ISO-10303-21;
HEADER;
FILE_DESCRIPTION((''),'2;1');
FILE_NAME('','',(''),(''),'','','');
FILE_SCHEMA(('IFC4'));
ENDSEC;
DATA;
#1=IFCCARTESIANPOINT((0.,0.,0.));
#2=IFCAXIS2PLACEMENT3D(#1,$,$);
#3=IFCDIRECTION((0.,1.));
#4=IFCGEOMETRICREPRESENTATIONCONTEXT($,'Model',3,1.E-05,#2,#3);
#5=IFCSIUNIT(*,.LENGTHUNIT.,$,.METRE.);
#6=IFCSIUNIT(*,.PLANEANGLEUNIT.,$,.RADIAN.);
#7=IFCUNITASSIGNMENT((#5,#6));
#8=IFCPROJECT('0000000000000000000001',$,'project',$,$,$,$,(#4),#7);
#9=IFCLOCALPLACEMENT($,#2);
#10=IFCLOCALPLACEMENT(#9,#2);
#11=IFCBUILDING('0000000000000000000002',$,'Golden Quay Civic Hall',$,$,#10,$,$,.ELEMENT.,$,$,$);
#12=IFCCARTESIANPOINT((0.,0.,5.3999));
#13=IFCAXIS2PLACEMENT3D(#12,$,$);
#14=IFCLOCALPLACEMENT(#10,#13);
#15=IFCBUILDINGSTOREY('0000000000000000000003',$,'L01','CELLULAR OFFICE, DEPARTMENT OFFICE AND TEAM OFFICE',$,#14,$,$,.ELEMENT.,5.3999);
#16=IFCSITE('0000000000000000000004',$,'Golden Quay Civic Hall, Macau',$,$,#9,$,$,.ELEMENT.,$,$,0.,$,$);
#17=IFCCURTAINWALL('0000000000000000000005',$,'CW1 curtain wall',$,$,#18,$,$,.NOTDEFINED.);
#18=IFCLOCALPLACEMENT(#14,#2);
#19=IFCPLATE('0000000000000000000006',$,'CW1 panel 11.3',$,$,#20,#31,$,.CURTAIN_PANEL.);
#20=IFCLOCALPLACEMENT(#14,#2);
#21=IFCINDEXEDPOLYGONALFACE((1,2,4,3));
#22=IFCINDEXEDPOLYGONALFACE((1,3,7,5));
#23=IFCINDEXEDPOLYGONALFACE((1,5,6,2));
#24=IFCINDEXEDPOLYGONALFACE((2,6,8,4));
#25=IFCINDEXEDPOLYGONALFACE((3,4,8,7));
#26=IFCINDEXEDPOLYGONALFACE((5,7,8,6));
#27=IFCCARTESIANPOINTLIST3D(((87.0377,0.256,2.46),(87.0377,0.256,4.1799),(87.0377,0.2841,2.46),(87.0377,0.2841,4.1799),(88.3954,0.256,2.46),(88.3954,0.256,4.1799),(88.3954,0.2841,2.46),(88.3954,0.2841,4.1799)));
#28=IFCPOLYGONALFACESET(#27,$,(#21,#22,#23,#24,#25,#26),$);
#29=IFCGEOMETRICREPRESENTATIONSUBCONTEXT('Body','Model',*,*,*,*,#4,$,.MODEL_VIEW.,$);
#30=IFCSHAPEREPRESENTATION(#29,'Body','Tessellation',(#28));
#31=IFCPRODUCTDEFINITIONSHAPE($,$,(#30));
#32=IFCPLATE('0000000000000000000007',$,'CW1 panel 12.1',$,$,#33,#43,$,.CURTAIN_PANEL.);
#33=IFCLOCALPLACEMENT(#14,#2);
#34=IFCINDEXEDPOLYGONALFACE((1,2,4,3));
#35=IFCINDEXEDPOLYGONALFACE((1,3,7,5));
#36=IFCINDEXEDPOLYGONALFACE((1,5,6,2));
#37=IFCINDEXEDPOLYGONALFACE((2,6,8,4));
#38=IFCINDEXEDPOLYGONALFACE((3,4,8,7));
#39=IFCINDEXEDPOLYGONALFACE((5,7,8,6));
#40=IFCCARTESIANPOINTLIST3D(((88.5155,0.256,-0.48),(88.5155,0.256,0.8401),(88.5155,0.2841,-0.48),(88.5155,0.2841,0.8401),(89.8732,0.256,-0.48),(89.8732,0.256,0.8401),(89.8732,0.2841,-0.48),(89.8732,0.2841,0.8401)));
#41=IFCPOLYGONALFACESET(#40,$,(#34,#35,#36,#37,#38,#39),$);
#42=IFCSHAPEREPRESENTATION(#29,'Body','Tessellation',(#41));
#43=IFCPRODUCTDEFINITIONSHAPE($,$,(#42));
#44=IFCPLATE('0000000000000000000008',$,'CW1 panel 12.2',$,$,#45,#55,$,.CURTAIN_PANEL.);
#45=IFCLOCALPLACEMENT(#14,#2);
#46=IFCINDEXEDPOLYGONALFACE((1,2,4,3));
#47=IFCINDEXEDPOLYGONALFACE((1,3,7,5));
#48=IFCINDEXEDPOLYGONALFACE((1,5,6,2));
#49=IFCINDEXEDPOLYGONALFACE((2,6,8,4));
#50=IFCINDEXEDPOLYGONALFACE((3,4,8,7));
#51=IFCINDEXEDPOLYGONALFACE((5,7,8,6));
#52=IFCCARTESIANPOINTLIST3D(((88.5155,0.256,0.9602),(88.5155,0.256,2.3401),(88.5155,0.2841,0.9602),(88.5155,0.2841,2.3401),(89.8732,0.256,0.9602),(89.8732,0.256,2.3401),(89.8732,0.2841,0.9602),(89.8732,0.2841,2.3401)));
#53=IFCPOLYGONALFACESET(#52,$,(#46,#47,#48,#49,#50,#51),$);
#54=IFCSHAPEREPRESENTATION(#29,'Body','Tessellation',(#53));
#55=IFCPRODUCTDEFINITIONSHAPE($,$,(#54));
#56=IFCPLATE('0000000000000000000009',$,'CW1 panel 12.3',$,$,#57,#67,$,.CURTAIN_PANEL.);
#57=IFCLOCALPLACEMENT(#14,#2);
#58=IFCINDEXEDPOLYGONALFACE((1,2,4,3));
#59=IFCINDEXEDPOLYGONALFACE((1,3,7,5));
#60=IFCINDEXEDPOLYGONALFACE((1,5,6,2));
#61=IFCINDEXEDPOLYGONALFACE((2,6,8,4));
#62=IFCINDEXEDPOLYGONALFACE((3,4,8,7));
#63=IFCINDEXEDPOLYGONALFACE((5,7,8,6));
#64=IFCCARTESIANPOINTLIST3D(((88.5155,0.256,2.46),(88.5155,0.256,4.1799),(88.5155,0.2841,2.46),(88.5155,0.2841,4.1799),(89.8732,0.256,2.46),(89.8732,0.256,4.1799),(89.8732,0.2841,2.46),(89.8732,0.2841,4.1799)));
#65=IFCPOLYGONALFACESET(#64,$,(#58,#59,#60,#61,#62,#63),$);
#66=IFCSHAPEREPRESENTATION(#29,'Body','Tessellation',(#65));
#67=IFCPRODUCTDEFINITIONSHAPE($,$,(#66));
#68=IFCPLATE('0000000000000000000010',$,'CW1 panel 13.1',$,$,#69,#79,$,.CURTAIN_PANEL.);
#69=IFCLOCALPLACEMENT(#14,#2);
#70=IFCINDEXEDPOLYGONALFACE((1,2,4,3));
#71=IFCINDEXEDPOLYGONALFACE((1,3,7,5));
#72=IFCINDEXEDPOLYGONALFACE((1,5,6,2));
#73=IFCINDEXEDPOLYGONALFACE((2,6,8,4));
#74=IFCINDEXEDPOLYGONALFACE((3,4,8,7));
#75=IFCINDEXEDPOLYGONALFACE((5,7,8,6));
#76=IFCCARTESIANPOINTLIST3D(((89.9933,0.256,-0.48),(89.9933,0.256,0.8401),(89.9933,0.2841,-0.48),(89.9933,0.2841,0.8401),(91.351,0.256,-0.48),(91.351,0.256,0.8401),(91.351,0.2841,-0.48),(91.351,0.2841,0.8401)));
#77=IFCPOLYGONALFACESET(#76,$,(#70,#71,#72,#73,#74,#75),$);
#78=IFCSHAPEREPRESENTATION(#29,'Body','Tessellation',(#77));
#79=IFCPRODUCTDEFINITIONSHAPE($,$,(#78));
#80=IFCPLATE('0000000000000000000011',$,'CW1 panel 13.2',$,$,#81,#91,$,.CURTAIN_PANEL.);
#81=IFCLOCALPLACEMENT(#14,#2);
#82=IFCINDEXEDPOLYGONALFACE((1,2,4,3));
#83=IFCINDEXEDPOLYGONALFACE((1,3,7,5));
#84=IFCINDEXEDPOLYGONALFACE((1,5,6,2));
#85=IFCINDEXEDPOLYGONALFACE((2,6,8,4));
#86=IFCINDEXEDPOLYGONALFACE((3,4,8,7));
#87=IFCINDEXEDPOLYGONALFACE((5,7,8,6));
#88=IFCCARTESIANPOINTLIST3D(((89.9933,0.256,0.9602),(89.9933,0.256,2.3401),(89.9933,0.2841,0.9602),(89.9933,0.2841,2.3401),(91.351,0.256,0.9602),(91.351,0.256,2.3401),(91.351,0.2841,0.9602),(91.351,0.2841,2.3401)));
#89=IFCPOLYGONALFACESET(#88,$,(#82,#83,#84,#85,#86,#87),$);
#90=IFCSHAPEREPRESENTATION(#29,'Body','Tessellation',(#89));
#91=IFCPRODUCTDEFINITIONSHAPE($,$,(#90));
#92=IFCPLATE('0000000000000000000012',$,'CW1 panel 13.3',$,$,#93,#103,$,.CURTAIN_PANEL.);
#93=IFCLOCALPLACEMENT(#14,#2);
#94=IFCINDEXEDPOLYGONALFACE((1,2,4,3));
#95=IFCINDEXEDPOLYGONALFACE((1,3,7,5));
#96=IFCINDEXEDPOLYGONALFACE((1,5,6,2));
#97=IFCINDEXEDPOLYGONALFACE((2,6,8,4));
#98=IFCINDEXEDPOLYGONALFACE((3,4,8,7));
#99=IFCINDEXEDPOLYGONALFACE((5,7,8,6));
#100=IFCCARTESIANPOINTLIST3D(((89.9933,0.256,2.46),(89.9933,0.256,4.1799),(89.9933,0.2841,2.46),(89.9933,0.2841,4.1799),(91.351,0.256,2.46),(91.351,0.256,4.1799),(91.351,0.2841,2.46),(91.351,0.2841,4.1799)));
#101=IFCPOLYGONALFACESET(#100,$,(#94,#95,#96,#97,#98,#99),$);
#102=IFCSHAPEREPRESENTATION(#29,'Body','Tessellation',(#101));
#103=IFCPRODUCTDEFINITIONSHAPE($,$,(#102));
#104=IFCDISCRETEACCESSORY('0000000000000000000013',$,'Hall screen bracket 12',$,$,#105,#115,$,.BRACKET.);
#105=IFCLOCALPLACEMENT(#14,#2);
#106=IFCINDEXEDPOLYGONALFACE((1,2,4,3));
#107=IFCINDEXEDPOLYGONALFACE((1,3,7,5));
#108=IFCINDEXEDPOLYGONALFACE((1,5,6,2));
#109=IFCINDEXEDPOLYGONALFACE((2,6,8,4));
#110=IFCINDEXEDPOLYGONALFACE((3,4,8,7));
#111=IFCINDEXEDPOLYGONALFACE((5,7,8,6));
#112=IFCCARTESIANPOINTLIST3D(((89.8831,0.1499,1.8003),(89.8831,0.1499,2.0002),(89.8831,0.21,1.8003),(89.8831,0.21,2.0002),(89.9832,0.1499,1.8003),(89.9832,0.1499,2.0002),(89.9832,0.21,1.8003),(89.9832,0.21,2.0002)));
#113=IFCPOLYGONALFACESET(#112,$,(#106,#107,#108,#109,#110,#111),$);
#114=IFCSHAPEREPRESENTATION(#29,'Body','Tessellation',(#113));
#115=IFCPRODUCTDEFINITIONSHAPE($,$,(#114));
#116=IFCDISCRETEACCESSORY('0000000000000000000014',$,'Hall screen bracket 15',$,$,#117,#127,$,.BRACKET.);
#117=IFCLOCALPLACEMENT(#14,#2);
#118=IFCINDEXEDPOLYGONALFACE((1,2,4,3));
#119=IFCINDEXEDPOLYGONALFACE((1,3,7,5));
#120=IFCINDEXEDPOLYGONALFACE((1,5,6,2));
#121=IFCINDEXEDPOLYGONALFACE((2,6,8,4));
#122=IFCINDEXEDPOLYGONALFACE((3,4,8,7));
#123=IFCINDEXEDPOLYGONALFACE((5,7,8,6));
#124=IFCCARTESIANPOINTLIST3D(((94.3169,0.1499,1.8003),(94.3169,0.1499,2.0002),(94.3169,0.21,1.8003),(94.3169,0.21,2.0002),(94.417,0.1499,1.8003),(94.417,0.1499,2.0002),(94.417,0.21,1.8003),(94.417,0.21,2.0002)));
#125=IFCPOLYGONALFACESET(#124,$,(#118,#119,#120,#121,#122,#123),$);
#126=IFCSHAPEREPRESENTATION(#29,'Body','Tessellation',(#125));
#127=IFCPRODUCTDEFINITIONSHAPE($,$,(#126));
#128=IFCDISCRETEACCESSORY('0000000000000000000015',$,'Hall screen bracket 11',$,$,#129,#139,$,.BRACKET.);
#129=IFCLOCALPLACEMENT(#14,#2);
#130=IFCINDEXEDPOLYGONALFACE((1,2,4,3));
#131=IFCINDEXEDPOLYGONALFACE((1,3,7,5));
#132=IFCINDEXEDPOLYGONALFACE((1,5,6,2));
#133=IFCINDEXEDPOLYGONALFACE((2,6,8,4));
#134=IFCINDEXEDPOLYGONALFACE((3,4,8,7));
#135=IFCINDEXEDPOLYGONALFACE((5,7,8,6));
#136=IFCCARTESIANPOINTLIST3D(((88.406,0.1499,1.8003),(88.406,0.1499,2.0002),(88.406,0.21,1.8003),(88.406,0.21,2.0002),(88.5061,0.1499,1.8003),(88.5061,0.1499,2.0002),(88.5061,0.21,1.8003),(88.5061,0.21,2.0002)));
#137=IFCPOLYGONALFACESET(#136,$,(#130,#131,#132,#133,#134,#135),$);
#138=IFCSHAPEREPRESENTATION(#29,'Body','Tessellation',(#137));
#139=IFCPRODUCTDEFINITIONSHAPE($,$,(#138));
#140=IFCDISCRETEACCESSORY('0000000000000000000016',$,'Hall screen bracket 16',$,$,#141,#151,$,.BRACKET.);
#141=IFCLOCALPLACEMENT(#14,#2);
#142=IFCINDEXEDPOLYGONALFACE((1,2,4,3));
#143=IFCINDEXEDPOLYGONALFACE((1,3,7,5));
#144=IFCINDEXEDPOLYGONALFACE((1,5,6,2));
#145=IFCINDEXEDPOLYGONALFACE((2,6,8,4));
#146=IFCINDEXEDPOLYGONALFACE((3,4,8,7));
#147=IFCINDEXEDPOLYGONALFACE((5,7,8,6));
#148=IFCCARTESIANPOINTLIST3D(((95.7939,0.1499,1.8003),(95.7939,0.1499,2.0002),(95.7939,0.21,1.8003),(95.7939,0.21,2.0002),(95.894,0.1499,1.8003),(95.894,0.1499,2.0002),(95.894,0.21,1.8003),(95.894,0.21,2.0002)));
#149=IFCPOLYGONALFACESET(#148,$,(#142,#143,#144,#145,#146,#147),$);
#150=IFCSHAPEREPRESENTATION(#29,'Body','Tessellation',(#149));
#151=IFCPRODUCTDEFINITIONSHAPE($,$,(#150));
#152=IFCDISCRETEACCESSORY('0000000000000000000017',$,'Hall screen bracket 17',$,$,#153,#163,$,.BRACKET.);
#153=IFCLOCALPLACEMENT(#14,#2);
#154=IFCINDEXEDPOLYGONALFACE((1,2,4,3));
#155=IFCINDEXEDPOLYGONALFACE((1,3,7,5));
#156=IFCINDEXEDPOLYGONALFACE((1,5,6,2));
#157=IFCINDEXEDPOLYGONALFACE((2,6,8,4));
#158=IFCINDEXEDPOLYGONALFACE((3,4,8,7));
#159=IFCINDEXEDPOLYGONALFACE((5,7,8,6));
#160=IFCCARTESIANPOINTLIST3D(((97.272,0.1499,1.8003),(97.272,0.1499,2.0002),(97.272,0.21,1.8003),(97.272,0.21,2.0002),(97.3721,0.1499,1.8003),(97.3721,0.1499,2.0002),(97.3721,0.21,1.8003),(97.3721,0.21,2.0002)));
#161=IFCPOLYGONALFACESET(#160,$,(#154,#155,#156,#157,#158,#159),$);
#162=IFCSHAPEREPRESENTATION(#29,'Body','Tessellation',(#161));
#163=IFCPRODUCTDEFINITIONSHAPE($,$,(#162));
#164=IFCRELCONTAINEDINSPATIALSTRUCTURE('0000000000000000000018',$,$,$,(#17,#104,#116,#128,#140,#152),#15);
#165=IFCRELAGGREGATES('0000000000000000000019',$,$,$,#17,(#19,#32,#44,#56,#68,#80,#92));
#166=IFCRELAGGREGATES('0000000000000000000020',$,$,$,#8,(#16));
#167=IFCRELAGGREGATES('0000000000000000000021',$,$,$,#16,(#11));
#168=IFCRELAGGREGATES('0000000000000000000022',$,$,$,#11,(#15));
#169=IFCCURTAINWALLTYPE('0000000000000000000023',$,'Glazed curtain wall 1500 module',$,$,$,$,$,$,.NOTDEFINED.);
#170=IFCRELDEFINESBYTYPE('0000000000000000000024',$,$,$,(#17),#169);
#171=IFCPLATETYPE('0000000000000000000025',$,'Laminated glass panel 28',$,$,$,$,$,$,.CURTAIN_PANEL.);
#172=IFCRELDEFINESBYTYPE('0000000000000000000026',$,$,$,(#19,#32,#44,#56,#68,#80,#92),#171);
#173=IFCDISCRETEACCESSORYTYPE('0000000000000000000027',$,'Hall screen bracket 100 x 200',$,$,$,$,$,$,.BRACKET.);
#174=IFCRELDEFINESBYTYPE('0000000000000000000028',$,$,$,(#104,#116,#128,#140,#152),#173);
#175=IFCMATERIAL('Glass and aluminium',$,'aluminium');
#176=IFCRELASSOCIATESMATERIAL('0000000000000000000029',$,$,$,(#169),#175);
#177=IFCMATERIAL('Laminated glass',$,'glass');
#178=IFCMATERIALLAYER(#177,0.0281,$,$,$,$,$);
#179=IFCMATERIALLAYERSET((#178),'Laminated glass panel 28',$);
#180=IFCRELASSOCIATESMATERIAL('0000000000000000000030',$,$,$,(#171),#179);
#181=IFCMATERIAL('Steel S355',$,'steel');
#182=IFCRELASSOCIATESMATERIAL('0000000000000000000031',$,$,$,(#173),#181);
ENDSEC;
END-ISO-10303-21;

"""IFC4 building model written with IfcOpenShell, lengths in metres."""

from ifc_helpers import new_model, si_unit, direction, frame, origin, origin_2d, place, context, subcontext, project, spatial, rectangle, extrude, material, layer, layer_set, type_object, element, aggregate, save


model = new_model("IFC4")

# Units and contexts
model_context = context("Model", 3, precision=1e-05, world=origin(), true_north=direction((0.0, 1.0)))
body_context = subcontext(model_context, "Body", "Model", "MODEL_VIEW")
ifc_project = project(units=[si_unit("LENGTHUNIT", "METRE"), si_unit("PLANEANGLEUNIT", "RADIAN")], contexts=[model_context])

# Site, building, storey
site_placement = place(None, origin())
site = spatial("IfcSite", under=ifc_project, at=site_placement, Name="Golden Quay Civic Hall, Macau", CompositionType="ELEMENT", RefElevation=0.0)
building_placement = place(site_placement, origin())
building = spatial("IfcBuilding", under=site, at=building_placement, Name="Golden Quay Civic Hall", CompositionType="ELEMENT")
storey_placement = place(building_placement, frame((0.0, 0.0, 5.3999)))
storey = spatial("IfcBuildingStorey", under=building, at=storey_placement, Name="L01", Description="CELLULAR OFFICE, DEPARTMENT OFFICE AND TEAM OFFICE", CompositionType="ELEMENT", Elevation=5.3999)

# Curtain wall, plates
ifc_material_1 = material(Name="Glass and aluminium", Category="aluminium")
curtain_wall_type = type_object("IfcCurtainWallType", Name="Glazed curtain wall 1500 module", PredefinedType="NOTDEFINED", material=ifc_material_1)
curtain_wall_placement = place(storey_placement, origin())
curtain_wall = element("IfcCurtainWall", 1, at=curtain_wall_placement, inside=storey, type_object=curtain_wall_type, Name="CW1 curtain wall", PredefinedType="NOTDEFINED")
ifc_material_2 = material(Name="Laminated glass", Category="glass")
ifc_layer_1 = layer(ifc_material_2, 0.0281)
ifc_layer_set_1 = layer_set([ifc_layer_1], Name="Laminated glass panel 28")
plate_type_1 = type_object("IfcPlateType", Name="Laminated glass panel 28", PredefinedType="CURTAIN_PANEL", material=ifc_layer_set_1)
plate_1_placement = place(storey_placement, frame((87.7166, 0.27, 2.46), z_axis=(0.0, 0.0, 1.0), x_axis=(1.0, 0.0, 0.0)))
plate_1 = element("IfcPlate", 2, at=plate_1_placement, type_object=plate_type_1, Name="CW1 panel 11.3", PredefinedType="CURTAIN_PANEL", context=body_context, shape_type="SweptSolid", body=[
    extrude(rectangle(XDim=1.3577, YDim=0.0281, at=origin_2d()), origin(), (0.0, 0.0, 1.0), 1.72),
])
plate_2_placement = place(storey_placement, frame((89.1943, 0.27, -0.48), z_axis=(0.0, 0.0, 1.0), x_axis=(1.0, 0.0, 0.0)))
plate_2 = element("IfcPlate", 3, at=plate_2_placement, type_object=plate_type_1, Name="CW1 panel 12.1", PredefinedType="CURTAIN_PANEL", context=body_context, shape_type="SweptSolid", body=[
    extrude(rectangle(XDim=1.3577, YDim=0.0281, at=origin_2d()), origin(), (0.0, 0.0, 1.0), 1.3201),
])
plate_3_placement = place(storey_placement, frame((89.1943, 0.27, 0.9602), z_axis=(0.0, 0.0, 1.0), x_axis=(1.0, 0.0, 0.0)))
plate_3 = element("IfcPlate", 4, at=plate_3_placement, type_object=plate_type_1, Name="CW1 panel 12.2", PredefinedType="CURTAIN_PANEL", context=body_context, shape_type="SweptSolid", body=[
    extrude(rectangle(XDim=1.3577, YDim=0.0281, at=origin_2d()), origin(), (0.0, 0.0, 1.0), 1.3799),
])
plate_4_placement = place(storey_placement, frame((89.1943, 0.27, 2.46), z_axis=(0.0, 0.0, 1.0), x_axis=(1.0, 0.0, 0.0)))
plate_4 = element("IfcPlate", 5, at=plate_4_placement, type_object=plate_type_1, Name="CW1 panel 12.3", PredefinedType="CURTAIN_PANEL", context=body_context, shape_type="SweptSolid", body=[
    extrude(rectangle(XDim=1.3577, YDim=0.0281, at=origin_2d()), origin(), (0.0, 0.0, 1.0), 1.72),
])
plate_5_placement = place(storey_placement, frame((90.6721, 0.27, -0.48), z_axis=(0.0, 0.0, 1.0), x_axis=(1.0, 0.0, 0.0)))
plate_5 = element("IfcPlate", 6, at=plate_5_placement, type_object=plate_type_1, Name="CW1 panel 13.1", PredefinedType="CURTAIN_PANEL", context=body_context, shape_type="SweptSolid", body=[
    extrude(rectangle(XDim=1.3577, YDim=0.0281, at=origin_2d()), origin(), (0.0, 0.0, 1.0), 1.3201),
])
plate_6_placement = place(storey_placement, frame((90.6721, 0.27, 0.9602), z_axis=(0.0, 0.0, 1.0), x_axis=(1.0, 0.0, 0.0)))
plate_6 = element("IfcPlate", 7, at=plate_6_placement, type_object=plate_type_1, Name="CW1 panel 13.2", PredefinedType="CURTAIN_PANEL", context=body_context, shape_type="SweptSolid", body=[
    extrude(rectangle(XDim=1.3577, YDim=0.0281, at=origin_2d()), origin(), (0.0, 0.0, 1.0), 1.3799),
])
plate_7_placement = place(storey_placement, frame((90.6721, 0.27, 2.46), z_axis=(0.0, 0.0, 1.0), x_axis=(1.0, 0.0, 0.0)))
plate_7 = element("IfcPlate", 8, at=plate_7_placement, type_object=plate_type_1, Name="CW1 panel 13.3", PredefinedType="CURTAIN_PANEL", context=body_context, shape_type="SweptSolid", body=[
    extrude(rectangle(XDim=1.3577, YDim=0.0281, at=origin_2d()), origin(), (0.0, 0.0, 1.0), 1.72),
])
aggregate(curtain_wall, [plate_1, plate_2, plate_3, plate_4, plate_5, plate_6, plate_7])

# Discrete accessories
ifc_material_3 = material(Name="Steel S355", Category="steel")
discrete_accessory_type = type_object("IfcDiscreteAccessoryType", Name="Hall screen bracket 100 x 200", PredefinedType="BRACKET", material=ifc_material_3)
for number, where, z_axis, x_axis, name in (
    (9, (89.9331, 0.1799, 1.8003), (0.0, 0.0, 1.0), (1.0, 0.0, 0.0), "Hall screen bracket 12"),
    (10, (94.3669, 0.1799, 1.8003), (0.0, 0.0, 1.0), (1.0, 0.0, 0.0), "Hall screen bracket 15"),
    (11, (88.4561, 0.1799, 1.8003), (0.0, 0.0, 1.0), (1.0, 0.0, 0.0), "Hall screen bracket 11"),
    (12, (95.844, 0.1799, 1.8003), (0.0, 0.0, 1.0), (1.0, 0.0, 0.0), "Hall screen bracket 16"),
    (13, (97.322, 0.1799, 1.8003), (0.0, 0.0, 1.0), (1.0, 0.0, 0.0), "Hall screen bracket 17"),
):
    element("IfcDiscreteAccessory", number, at=place(storey_placement, frame(where, z_axis=z_axis, x_axis=x_axis)), inside=storey, type_object=discrete_accessory_type, Name=name, PredefinedType="BRACKET", context=body_context, shape_type="SweptSolid", body=[
        extrude(rectangle(XDim=0.1001, YDim=0.0601, at=origin_2d()), origin(), (0.0, 0.0, 1.0), 0.2),
    ])

save(model, "model.ifc")
